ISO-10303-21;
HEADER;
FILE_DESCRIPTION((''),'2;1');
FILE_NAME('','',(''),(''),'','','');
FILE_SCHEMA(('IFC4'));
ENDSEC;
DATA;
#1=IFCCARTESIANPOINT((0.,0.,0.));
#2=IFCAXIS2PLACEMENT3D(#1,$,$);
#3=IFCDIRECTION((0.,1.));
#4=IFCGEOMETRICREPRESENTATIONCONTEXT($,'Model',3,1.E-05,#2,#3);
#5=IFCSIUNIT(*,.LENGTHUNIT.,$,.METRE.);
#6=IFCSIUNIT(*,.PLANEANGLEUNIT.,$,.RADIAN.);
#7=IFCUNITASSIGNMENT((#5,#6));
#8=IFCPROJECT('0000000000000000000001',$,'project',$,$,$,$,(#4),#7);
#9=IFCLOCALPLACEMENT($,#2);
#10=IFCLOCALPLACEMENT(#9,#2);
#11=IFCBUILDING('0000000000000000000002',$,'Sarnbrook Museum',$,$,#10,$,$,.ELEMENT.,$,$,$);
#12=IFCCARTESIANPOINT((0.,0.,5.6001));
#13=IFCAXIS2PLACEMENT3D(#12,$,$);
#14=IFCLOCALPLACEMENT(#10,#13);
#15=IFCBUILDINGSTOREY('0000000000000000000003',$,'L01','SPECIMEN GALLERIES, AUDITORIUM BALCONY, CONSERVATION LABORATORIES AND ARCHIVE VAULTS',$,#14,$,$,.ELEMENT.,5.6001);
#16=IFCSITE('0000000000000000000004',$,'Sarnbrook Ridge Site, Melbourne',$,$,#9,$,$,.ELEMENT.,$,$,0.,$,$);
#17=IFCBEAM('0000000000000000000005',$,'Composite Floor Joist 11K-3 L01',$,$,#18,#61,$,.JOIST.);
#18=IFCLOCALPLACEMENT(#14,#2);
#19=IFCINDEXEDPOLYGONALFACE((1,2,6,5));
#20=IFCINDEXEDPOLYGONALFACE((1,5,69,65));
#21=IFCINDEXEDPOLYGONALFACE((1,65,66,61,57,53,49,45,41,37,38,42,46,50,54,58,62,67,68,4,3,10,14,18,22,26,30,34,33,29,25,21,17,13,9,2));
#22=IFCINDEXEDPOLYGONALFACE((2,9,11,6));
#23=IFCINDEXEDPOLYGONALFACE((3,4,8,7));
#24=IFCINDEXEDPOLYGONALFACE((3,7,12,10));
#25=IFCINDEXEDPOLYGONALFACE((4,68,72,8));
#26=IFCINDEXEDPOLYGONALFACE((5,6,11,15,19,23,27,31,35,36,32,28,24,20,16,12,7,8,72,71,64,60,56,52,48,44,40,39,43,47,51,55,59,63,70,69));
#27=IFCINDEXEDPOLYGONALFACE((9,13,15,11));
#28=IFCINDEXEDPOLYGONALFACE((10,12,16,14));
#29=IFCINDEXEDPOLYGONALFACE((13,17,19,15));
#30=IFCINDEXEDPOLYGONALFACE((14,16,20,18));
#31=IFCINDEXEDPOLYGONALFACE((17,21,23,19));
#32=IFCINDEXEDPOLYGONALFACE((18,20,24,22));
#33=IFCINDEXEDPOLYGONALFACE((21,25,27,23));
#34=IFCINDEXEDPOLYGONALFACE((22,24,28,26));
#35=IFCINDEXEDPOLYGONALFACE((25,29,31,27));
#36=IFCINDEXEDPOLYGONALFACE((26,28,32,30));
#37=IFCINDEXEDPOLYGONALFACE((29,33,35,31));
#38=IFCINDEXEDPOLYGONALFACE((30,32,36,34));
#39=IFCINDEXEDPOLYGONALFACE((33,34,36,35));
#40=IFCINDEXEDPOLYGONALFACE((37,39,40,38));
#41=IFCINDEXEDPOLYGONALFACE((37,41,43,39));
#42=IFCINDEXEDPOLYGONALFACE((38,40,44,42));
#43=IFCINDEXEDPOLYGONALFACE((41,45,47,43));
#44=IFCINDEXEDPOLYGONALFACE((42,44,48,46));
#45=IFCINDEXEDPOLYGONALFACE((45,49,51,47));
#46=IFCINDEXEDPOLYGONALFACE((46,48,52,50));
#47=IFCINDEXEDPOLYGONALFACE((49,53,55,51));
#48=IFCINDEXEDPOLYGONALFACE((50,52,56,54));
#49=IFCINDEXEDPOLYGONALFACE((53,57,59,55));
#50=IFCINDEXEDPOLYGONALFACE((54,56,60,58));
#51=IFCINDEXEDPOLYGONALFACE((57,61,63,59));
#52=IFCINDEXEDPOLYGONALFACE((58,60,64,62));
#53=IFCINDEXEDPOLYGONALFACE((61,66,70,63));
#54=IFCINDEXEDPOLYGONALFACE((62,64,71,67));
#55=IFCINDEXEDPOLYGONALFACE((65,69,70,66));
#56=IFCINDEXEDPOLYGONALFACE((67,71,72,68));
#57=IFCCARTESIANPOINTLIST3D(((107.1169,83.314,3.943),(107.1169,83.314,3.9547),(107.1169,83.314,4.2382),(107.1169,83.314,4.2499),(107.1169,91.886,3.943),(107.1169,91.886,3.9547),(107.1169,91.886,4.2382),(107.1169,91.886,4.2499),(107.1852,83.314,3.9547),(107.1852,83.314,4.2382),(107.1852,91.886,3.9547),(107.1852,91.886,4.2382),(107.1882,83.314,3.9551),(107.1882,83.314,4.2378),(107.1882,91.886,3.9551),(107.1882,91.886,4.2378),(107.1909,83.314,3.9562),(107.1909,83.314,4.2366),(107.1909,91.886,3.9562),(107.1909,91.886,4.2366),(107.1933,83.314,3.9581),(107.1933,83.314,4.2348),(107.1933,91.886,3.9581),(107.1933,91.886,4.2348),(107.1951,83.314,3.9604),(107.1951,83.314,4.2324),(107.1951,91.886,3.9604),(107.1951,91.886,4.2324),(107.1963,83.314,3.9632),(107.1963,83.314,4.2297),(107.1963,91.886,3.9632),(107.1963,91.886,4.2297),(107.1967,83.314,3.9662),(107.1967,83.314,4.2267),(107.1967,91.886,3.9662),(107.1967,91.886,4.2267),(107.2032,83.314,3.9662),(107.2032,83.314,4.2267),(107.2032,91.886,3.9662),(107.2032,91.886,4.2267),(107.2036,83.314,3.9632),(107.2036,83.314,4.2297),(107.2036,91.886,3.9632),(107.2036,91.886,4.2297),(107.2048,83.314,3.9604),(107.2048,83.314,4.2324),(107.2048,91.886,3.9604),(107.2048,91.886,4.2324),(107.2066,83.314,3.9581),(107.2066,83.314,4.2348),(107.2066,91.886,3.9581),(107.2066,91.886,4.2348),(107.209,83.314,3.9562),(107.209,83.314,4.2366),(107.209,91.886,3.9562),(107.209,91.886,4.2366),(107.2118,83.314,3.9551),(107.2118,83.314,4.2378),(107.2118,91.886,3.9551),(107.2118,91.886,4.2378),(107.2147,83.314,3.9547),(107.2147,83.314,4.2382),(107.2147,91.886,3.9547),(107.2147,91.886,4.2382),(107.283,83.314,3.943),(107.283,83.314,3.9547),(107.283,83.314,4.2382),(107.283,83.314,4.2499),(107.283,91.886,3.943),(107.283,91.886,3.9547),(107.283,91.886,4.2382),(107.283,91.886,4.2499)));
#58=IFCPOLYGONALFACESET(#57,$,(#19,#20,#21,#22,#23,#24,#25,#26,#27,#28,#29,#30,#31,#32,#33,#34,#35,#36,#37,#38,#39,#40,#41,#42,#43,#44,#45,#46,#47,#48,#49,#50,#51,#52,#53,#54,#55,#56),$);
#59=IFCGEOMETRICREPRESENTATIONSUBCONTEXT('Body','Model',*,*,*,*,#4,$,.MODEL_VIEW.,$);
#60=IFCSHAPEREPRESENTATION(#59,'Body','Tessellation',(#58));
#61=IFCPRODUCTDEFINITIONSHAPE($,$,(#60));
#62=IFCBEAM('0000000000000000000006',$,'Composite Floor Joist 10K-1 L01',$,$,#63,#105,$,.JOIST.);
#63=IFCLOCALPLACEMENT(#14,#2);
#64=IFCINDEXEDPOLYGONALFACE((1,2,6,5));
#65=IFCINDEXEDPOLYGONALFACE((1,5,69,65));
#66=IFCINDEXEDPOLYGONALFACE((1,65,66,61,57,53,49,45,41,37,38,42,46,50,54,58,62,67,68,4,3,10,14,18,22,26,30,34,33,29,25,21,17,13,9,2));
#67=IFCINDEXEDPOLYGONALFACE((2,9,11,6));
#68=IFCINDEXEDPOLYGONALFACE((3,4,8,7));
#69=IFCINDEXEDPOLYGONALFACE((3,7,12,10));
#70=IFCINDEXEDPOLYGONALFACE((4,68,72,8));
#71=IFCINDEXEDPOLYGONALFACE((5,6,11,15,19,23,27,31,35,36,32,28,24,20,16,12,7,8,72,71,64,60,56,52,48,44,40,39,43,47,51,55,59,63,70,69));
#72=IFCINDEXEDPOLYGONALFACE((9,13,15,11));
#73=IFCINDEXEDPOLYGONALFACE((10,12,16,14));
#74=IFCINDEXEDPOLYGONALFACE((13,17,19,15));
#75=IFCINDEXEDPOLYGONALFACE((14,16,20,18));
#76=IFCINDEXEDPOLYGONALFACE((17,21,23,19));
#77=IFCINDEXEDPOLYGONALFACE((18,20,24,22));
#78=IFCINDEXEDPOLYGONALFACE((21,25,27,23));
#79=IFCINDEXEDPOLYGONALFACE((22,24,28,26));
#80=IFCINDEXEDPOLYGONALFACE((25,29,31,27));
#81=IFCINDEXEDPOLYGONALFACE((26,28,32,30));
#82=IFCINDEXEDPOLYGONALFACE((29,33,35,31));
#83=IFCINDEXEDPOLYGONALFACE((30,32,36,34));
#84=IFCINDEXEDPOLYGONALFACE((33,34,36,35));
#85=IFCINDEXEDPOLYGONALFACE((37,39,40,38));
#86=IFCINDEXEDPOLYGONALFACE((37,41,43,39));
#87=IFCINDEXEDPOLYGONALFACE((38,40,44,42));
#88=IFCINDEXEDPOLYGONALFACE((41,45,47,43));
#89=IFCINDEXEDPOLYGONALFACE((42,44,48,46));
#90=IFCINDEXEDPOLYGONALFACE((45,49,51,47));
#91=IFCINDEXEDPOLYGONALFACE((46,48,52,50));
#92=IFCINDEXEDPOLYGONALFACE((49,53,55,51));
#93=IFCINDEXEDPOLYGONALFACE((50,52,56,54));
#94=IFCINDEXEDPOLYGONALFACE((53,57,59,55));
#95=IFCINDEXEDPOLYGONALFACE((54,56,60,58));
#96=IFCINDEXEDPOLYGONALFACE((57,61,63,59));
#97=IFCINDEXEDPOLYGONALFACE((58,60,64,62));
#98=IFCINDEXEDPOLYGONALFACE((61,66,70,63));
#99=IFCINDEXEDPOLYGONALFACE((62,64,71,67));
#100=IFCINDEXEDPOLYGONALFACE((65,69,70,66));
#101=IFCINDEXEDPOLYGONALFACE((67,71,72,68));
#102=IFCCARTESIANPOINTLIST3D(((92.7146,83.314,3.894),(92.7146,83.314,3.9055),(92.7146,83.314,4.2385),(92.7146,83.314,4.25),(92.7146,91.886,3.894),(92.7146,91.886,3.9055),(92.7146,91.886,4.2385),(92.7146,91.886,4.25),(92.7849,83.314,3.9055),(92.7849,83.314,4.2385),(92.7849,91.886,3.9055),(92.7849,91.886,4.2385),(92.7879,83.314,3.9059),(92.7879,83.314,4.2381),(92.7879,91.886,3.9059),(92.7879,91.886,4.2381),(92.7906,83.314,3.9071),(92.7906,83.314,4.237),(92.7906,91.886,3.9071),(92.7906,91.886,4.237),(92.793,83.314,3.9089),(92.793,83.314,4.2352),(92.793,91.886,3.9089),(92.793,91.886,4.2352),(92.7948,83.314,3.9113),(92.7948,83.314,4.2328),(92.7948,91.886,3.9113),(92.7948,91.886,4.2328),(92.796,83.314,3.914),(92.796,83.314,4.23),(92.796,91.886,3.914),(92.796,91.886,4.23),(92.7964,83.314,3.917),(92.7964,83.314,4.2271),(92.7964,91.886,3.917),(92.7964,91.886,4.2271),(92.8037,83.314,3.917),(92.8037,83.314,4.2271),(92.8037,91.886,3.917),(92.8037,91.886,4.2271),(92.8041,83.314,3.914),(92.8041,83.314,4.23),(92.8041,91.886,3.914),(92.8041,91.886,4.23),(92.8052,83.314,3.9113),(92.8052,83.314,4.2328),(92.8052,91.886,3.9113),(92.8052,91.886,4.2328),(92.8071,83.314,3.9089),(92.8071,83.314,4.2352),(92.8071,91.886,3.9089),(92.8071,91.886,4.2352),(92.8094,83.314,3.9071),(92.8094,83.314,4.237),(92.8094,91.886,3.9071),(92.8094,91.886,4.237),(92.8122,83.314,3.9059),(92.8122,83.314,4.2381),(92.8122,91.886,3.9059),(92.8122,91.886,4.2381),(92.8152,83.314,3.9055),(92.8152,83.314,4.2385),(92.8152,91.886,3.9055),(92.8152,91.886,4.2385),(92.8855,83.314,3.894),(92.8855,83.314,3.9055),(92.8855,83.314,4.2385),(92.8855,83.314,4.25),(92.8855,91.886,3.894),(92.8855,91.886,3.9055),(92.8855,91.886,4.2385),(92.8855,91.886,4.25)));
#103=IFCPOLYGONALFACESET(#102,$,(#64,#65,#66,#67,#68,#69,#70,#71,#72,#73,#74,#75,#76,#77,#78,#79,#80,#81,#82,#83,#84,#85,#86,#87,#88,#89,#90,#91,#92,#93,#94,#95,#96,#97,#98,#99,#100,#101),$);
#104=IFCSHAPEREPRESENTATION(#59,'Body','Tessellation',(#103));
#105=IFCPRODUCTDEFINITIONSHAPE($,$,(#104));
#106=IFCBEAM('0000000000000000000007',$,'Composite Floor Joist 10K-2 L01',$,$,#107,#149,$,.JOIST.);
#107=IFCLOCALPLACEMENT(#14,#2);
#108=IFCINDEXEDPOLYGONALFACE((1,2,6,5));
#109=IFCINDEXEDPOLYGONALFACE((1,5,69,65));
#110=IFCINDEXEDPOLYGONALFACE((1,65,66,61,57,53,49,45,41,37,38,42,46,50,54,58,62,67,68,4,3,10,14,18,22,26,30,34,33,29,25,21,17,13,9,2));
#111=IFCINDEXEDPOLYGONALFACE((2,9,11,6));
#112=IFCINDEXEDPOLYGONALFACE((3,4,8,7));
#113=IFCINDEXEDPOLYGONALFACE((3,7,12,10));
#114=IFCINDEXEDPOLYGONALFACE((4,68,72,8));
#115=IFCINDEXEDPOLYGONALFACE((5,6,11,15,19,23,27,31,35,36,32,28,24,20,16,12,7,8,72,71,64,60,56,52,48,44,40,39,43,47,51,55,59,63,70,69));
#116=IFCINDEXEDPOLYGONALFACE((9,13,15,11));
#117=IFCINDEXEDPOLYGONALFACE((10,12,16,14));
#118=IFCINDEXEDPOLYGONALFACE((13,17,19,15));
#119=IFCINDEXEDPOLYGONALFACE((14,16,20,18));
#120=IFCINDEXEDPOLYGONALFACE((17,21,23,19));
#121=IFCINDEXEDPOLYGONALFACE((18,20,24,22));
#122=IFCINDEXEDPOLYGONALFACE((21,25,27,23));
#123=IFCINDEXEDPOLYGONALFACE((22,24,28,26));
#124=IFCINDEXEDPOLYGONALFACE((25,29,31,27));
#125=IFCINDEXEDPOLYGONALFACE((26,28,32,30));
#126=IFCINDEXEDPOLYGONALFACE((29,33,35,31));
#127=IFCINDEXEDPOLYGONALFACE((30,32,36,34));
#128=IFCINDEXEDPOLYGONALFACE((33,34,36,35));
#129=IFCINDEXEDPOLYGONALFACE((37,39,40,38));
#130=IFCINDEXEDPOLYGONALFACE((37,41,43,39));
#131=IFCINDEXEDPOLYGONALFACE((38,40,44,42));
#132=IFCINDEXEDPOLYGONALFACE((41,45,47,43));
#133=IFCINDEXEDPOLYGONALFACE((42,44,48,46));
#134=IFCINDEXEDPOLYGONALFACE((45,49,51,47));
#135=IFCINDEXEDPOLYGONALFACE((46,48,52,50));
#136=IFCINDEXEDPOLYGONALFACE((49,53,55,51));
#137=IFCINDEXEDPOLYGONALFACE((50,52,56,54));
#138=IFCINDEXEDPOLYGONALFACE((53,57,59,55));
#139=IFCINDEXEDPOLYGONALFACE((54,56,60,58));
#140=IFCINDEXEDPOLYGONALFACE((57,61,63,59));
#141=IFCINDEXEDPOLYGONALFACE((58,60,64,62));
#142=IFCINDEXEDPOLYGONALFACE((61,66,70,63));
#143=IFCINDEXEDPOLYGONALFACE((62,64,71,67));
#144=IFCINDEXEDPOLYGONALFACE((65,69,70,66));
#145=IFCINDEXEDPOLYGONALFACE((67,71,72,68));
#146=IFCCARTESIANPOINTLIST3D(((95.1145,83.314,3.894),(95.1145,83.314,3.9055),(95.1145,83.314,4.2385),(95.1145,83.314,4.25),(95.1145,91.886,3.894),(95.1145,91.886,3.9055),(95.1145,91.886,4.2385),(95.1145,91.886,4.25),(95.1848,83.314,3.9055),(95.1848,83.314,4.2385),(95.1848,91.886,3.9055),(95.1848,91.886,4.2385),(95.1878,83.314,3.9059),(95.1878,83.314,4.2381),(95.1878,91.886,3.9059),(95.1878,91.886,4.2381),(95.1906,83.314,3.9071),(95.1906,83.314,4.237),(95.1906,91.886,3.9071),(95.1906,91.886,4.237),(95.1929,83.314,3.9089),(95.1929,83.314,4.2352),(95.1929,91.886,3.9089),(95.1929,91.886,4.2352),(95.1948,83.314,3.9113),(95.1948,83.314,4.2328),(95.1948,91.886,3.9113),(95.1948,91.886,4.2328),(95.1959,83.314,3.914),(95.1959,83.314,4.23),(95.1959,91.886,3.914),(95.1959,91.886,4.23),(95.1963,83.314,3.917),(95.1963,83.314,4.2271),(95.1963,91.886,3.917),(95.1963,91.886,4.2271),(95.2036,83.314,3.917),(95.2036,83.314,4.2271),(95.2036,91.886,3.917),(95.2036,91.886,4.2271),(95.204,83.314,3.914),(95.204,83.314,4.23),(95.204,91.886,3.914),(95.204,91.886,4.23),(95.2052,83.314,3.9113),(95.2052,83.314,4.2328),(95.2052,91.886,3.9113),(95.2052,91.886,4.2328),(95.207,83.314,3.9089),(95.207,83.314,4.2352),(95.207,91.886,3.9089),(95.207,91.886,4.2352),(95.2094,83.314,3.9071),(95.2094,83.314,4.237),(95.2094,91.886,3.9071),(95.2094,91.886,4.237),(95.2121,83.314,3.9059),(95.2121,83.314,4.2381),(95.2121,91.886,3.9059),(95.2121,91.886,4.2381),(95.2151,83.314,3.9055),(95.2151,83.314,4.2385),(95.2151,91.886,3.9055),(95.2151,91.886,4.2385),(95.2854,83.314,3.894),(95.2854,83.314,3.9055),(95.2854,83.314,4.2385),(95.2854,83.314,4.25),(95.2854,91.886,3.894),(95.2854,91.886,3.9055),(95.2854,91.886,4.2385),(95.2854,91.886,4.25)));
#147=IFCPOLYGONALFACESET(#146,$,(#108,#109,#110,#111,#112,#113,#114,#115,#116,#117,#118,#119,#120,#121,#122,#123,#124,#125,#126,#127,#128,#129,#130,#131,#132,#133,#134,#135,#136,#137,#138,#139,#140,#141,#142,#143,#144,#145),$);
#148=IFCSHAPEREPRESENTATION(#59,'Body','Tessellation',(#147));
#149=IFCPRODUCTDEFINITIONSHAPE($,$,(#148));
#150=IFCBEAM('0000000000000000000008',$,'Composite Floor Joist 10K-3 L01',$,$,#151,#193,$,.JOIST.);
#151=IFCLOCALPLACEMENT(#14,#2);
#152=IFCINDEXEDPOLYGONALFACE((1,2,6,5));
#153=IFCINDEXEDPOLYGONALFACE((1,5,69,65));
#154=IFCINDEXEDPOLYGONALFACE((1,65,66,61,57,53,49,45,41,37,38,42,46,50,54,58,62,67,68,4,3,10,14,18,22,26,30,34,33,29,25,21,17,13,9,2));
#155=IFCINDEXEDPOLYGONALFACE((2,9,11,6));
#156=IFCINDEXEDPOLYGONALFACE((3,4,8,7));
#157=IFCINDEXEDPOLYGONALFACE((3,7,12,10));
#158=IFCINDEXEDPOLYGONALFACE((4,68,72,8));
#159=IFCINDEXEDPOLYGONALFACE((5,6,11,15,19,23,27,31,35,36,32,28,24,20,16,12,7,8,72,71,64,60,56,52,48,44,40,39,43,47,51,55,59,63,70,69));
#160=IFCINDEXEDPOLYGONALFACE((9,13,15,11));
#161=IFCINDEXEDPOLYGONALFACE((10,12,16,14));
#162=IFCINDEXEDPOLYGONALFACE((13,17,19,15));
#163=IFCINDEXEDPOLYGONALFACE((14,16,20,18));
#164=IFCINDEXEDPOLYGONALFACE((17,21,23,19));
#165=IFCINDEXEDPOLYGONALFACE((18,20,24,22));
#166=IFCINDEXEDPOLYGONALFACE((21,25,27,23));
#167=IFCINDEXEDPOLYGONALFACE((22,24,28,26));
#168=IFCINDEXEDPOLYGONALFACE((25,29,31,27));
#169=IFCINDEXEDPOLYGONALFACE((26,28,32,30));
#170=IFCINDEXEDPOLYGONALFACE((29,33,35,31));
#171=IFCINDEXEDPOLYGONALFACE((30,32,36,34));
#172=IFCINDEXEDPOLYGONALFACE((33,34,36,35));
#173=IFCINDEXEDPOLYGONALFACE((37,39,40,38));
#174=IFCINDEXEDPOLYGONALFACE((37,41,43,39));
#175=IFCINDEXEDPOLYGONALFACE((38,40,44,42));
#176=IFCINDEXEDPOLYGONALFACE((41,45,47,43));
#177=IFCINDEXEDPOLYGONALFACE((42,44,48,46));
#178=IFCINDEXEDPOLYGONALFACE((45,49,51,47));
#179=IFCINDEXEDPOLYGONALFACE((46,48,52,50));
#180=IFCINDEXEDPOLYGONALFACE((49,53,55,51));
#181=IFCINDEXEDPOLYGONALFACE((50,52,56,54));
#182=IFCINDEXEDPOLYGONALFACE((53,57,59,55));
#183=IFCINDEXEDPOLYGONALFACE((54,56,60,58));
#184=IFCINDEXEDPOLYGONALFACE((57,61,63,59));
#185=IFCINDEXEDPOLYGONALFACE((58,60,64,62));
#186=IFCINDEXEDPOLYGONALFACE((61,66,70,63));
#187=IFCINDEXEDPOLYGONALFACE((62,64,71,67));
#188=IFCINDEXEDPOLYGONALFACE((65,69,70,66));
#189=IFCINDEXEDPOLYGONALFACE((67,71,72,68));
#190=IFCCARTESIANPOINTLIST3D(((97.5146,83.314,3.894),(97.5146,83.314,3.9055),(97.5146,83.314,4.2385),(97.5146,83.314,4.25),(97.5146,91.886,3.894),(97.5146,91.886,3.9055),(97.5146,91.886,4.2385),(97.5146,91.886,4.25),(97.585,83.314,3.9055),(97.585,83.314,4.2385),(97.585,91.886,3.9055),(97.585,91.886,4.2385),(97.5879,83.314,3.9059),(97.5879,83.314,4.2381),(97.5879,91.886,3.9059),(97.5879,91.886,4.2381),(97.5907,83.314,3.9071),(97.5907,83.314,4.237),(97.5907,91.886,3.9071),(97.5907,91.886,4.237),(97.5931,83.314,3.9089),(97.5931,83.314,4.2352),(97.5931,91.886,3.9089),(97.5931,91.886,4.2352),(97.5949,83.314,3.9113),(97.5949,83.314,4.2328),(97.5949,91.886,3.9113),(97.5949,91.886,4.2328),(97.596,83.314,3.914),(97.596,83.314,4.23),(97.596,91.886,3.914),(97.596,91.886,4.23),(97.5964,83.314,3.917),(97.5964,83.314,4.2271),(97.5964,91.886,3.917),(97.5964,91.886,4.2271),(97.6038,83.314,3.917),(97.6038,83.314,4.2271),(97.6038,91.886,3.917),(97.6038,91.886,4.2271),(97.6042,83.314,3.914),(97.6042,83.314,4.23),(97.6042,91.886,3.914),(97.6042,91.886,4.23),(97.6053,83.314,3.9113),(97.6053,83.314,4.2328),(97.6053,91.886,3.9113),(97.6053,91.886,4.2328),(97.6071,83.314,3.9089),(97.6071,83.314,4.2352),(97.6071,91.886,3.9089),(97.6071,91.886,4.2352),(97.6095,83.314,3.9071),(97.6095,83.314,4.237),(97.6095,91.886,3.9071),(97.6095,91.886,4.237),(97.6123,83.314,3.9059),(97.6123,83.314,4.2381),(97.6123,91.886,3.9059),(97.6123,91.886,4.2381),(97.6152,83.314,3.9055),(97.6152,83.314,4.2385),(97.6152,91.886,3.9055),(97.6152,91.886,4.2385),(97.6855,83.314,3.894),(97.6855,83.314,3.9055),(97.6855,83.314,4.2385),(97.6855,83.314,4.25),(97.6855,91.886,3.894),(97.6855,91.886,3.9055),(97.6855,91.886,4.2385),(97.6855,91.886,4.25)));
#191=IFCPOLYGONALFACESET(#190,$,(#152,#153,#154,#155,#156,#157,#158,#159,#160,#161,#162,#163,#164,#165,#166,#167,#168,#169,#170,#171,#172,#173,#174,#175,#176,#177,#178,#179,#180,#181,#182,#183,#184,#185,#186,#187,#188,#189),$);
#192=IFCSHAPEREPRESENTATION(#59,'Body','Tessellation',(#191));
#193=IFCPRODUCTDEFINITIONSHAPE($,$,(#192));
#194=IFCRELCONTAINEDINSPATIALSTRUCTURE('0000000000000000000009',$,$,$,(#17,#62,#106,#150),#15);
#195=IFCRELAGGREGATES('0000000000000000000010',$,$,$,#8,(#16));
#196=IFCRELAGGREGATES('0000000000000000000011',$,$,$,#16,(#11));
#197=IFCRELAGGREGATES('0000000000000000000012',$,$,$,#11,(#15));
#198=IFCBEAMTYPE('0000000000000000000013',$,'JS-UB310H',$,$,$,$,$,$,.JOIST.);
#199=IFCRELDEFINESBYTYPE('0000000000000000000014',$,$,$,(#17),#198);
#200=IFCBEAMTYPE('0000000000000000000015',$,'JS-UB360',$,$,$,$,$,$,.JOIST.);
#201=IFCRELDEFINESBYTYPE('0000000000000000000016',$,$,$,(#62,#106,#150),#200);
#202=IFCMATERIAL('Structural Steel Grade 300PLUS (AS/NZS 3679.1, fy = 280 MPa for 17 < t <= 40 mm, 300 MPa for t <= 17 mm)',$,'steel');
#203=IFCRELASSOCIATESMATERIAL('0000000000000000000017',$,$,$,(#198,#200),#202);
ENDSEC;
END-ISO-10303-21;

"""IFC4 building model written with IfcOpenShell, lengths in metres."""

from ifc_helpers import new_model, si_unit, direction, frame, origin, origin_2d, place, context, subcontext, project, spatial, i_section, extrude, material, material_profile, profile_set, type_object, element, save


model = new_model("IFC4")

# Units and contexts
model_context = context("Model", 3, precision=1e-05, world=origin(), true_north=direction((0.0, 1.0)))
body_context = subcontext(model_context, "Body", "Model", "MODEL_VIEW")
ifc_project = project(units=[si_unit("LENGTHUNIT", "METRE"), si_unit("PLANEANGLEUNIT", "RADIAN")], contexts=[model_context])

# Site, building, storey
site_placement = place(None, origin())
site = spatial("IfcSite", under=ifc_project, at=site_placement, Name="Sarnbrook Ridge Site, Melbourne", CompositionType="ELEMENT", RefElevation=0.0)
building_placement = place(site_placement, origin())
building = spatial("IfcBuilding", under=site, at=building_placement, Name="Sarnbrook Museum", CompositionType="ELEMENT")
storey_placement = place(building_placement, frame((0.0, 0.0, 5.6001)))
storey = spatial("IfcBuildingStorey", under=building, at=storey_placement, Name="L01", Description="SPECIMEN GALLERIES, AUDITORIUM BALCONY, CONSERVATION LABORATORIES AND ARCHIVE VAULTS", CompositionType="ELEMENT", Elevation=5.6001)

# Beams
ifc_material_1 = material(Name="Structural Steel Grade 300PLUS (AS/NZS 3679.1, fy = 280 MPa for 17 < t <= 40 mm, 300 MPa for t <= 17 mm)", Category="steel")
ifc_material_profile_1 = material_profile(ifc_material_1, i_section(OverallWidth=0.166, OverallDepth=0.3069, WebThickness=0.0066, FlangeThickness=0.0117, FilletRadius=0.0115, at=origin_2d()), Name="310UB46.2")
ifc_profile_set_1 = profile_set([ifc_material_profile_1], Name="Structural Steel Grade 300PLUS (AS/NZS 3679.1, fy = 280 MPa for 17 < t <= 40 mm, 300 MPa for t <= 17 mm)")
beam_type_1 = type_object("IfcBeamType", Name="JS-UB310H", PredefinedType="JOIST", material=ifc_profile_set_1)
for number, where, z_axis, x_axis, name in (
    (1, (107.2, 83.314, 4.0964), (0.0, 1.0, 0.0), (-1.0, 0.0, 0.0), "Composite Floor Joist 11K-3 L01"),
):
    element("IfcBeam", number, at=place(storey_placement, frame(where, z_axis=z_axis, x_axis=x_axis)), inside=storey, type_object=beam_type_1, Name=name, PredefinedType="JOIST", context=body_context, shape_type="SweptSolid", body=[
        extrude(i_section(OverallWidth=0.166, OverallDepth=0.3069, WebThickness=0.0066, FlangeThickness=0.0117, FilletRadius=0.0115, at=origin_2d()), origin(), (0.0, 0.0, 1.0), 8.572),
    ])
ifc_material_profile_2 = material_profile(ifc_material_1, i_section(OverallWidth=0.1709, OverallDepth=0.356, WebThickness=0.0073, FlangeThickness=0.0115, FilletRadius=0.0115, at=origin_2d()), Name="360UB50.7")
ifc_profile_set_2 = profile_set([ifc_material_profile_2], Name="Structural Steel Grade 300PLUS (AS/NZS 3679.1, fy = 280 MPa for 17 < t <= 40 mm, 300 MPa for t <= 17 mm)")
beam_type_2 = type_object("IfcBeamType", Name="JS-UB360", PredefinedType="JOIST", material=ifc_profile_set_2)
for number, where, z_axis, x_axis, name in (
    (2, (92.8, 83.314, 4.072), (0.0, 1.0, 0.0), (-1.0, 0.0, 0.0), "Composite Floor Joist 10K-1 L01"),
    (3, (95.2, 83.314, 4.072), (0.0, 1.0, 0.0), (-1.0, 0.0, 0.0), "Composite Floor Joist 10K-2 L01"),
    (4, (97.6001, 83.314, 4.072), (0.0, 1.0, 0.0), (-1.0, 0.0, 0.0), "Composite Floor Joist 10K-3 L01"),
):
    element("IfcBeam", number, at=place(storey_placement, frame(where, z_axis=z_axis, x_axis=x_axis)), inside=storey, type_object=beam_type_2, Name=name, PredefinedType="JOIST", context=body_context, shape_type="SweptSolid", body=[
        extrude(i_section(OverallWidth=0.1709, OverallDepth=0.356, WebThickness=0.0073, FlangeThickness=0.0115, FilletRadius=0.0115, at=origin_2d()), origin(), (0.0, 0.0, 1.0), 8.572),
    ])

save(model, "model.ifc")
